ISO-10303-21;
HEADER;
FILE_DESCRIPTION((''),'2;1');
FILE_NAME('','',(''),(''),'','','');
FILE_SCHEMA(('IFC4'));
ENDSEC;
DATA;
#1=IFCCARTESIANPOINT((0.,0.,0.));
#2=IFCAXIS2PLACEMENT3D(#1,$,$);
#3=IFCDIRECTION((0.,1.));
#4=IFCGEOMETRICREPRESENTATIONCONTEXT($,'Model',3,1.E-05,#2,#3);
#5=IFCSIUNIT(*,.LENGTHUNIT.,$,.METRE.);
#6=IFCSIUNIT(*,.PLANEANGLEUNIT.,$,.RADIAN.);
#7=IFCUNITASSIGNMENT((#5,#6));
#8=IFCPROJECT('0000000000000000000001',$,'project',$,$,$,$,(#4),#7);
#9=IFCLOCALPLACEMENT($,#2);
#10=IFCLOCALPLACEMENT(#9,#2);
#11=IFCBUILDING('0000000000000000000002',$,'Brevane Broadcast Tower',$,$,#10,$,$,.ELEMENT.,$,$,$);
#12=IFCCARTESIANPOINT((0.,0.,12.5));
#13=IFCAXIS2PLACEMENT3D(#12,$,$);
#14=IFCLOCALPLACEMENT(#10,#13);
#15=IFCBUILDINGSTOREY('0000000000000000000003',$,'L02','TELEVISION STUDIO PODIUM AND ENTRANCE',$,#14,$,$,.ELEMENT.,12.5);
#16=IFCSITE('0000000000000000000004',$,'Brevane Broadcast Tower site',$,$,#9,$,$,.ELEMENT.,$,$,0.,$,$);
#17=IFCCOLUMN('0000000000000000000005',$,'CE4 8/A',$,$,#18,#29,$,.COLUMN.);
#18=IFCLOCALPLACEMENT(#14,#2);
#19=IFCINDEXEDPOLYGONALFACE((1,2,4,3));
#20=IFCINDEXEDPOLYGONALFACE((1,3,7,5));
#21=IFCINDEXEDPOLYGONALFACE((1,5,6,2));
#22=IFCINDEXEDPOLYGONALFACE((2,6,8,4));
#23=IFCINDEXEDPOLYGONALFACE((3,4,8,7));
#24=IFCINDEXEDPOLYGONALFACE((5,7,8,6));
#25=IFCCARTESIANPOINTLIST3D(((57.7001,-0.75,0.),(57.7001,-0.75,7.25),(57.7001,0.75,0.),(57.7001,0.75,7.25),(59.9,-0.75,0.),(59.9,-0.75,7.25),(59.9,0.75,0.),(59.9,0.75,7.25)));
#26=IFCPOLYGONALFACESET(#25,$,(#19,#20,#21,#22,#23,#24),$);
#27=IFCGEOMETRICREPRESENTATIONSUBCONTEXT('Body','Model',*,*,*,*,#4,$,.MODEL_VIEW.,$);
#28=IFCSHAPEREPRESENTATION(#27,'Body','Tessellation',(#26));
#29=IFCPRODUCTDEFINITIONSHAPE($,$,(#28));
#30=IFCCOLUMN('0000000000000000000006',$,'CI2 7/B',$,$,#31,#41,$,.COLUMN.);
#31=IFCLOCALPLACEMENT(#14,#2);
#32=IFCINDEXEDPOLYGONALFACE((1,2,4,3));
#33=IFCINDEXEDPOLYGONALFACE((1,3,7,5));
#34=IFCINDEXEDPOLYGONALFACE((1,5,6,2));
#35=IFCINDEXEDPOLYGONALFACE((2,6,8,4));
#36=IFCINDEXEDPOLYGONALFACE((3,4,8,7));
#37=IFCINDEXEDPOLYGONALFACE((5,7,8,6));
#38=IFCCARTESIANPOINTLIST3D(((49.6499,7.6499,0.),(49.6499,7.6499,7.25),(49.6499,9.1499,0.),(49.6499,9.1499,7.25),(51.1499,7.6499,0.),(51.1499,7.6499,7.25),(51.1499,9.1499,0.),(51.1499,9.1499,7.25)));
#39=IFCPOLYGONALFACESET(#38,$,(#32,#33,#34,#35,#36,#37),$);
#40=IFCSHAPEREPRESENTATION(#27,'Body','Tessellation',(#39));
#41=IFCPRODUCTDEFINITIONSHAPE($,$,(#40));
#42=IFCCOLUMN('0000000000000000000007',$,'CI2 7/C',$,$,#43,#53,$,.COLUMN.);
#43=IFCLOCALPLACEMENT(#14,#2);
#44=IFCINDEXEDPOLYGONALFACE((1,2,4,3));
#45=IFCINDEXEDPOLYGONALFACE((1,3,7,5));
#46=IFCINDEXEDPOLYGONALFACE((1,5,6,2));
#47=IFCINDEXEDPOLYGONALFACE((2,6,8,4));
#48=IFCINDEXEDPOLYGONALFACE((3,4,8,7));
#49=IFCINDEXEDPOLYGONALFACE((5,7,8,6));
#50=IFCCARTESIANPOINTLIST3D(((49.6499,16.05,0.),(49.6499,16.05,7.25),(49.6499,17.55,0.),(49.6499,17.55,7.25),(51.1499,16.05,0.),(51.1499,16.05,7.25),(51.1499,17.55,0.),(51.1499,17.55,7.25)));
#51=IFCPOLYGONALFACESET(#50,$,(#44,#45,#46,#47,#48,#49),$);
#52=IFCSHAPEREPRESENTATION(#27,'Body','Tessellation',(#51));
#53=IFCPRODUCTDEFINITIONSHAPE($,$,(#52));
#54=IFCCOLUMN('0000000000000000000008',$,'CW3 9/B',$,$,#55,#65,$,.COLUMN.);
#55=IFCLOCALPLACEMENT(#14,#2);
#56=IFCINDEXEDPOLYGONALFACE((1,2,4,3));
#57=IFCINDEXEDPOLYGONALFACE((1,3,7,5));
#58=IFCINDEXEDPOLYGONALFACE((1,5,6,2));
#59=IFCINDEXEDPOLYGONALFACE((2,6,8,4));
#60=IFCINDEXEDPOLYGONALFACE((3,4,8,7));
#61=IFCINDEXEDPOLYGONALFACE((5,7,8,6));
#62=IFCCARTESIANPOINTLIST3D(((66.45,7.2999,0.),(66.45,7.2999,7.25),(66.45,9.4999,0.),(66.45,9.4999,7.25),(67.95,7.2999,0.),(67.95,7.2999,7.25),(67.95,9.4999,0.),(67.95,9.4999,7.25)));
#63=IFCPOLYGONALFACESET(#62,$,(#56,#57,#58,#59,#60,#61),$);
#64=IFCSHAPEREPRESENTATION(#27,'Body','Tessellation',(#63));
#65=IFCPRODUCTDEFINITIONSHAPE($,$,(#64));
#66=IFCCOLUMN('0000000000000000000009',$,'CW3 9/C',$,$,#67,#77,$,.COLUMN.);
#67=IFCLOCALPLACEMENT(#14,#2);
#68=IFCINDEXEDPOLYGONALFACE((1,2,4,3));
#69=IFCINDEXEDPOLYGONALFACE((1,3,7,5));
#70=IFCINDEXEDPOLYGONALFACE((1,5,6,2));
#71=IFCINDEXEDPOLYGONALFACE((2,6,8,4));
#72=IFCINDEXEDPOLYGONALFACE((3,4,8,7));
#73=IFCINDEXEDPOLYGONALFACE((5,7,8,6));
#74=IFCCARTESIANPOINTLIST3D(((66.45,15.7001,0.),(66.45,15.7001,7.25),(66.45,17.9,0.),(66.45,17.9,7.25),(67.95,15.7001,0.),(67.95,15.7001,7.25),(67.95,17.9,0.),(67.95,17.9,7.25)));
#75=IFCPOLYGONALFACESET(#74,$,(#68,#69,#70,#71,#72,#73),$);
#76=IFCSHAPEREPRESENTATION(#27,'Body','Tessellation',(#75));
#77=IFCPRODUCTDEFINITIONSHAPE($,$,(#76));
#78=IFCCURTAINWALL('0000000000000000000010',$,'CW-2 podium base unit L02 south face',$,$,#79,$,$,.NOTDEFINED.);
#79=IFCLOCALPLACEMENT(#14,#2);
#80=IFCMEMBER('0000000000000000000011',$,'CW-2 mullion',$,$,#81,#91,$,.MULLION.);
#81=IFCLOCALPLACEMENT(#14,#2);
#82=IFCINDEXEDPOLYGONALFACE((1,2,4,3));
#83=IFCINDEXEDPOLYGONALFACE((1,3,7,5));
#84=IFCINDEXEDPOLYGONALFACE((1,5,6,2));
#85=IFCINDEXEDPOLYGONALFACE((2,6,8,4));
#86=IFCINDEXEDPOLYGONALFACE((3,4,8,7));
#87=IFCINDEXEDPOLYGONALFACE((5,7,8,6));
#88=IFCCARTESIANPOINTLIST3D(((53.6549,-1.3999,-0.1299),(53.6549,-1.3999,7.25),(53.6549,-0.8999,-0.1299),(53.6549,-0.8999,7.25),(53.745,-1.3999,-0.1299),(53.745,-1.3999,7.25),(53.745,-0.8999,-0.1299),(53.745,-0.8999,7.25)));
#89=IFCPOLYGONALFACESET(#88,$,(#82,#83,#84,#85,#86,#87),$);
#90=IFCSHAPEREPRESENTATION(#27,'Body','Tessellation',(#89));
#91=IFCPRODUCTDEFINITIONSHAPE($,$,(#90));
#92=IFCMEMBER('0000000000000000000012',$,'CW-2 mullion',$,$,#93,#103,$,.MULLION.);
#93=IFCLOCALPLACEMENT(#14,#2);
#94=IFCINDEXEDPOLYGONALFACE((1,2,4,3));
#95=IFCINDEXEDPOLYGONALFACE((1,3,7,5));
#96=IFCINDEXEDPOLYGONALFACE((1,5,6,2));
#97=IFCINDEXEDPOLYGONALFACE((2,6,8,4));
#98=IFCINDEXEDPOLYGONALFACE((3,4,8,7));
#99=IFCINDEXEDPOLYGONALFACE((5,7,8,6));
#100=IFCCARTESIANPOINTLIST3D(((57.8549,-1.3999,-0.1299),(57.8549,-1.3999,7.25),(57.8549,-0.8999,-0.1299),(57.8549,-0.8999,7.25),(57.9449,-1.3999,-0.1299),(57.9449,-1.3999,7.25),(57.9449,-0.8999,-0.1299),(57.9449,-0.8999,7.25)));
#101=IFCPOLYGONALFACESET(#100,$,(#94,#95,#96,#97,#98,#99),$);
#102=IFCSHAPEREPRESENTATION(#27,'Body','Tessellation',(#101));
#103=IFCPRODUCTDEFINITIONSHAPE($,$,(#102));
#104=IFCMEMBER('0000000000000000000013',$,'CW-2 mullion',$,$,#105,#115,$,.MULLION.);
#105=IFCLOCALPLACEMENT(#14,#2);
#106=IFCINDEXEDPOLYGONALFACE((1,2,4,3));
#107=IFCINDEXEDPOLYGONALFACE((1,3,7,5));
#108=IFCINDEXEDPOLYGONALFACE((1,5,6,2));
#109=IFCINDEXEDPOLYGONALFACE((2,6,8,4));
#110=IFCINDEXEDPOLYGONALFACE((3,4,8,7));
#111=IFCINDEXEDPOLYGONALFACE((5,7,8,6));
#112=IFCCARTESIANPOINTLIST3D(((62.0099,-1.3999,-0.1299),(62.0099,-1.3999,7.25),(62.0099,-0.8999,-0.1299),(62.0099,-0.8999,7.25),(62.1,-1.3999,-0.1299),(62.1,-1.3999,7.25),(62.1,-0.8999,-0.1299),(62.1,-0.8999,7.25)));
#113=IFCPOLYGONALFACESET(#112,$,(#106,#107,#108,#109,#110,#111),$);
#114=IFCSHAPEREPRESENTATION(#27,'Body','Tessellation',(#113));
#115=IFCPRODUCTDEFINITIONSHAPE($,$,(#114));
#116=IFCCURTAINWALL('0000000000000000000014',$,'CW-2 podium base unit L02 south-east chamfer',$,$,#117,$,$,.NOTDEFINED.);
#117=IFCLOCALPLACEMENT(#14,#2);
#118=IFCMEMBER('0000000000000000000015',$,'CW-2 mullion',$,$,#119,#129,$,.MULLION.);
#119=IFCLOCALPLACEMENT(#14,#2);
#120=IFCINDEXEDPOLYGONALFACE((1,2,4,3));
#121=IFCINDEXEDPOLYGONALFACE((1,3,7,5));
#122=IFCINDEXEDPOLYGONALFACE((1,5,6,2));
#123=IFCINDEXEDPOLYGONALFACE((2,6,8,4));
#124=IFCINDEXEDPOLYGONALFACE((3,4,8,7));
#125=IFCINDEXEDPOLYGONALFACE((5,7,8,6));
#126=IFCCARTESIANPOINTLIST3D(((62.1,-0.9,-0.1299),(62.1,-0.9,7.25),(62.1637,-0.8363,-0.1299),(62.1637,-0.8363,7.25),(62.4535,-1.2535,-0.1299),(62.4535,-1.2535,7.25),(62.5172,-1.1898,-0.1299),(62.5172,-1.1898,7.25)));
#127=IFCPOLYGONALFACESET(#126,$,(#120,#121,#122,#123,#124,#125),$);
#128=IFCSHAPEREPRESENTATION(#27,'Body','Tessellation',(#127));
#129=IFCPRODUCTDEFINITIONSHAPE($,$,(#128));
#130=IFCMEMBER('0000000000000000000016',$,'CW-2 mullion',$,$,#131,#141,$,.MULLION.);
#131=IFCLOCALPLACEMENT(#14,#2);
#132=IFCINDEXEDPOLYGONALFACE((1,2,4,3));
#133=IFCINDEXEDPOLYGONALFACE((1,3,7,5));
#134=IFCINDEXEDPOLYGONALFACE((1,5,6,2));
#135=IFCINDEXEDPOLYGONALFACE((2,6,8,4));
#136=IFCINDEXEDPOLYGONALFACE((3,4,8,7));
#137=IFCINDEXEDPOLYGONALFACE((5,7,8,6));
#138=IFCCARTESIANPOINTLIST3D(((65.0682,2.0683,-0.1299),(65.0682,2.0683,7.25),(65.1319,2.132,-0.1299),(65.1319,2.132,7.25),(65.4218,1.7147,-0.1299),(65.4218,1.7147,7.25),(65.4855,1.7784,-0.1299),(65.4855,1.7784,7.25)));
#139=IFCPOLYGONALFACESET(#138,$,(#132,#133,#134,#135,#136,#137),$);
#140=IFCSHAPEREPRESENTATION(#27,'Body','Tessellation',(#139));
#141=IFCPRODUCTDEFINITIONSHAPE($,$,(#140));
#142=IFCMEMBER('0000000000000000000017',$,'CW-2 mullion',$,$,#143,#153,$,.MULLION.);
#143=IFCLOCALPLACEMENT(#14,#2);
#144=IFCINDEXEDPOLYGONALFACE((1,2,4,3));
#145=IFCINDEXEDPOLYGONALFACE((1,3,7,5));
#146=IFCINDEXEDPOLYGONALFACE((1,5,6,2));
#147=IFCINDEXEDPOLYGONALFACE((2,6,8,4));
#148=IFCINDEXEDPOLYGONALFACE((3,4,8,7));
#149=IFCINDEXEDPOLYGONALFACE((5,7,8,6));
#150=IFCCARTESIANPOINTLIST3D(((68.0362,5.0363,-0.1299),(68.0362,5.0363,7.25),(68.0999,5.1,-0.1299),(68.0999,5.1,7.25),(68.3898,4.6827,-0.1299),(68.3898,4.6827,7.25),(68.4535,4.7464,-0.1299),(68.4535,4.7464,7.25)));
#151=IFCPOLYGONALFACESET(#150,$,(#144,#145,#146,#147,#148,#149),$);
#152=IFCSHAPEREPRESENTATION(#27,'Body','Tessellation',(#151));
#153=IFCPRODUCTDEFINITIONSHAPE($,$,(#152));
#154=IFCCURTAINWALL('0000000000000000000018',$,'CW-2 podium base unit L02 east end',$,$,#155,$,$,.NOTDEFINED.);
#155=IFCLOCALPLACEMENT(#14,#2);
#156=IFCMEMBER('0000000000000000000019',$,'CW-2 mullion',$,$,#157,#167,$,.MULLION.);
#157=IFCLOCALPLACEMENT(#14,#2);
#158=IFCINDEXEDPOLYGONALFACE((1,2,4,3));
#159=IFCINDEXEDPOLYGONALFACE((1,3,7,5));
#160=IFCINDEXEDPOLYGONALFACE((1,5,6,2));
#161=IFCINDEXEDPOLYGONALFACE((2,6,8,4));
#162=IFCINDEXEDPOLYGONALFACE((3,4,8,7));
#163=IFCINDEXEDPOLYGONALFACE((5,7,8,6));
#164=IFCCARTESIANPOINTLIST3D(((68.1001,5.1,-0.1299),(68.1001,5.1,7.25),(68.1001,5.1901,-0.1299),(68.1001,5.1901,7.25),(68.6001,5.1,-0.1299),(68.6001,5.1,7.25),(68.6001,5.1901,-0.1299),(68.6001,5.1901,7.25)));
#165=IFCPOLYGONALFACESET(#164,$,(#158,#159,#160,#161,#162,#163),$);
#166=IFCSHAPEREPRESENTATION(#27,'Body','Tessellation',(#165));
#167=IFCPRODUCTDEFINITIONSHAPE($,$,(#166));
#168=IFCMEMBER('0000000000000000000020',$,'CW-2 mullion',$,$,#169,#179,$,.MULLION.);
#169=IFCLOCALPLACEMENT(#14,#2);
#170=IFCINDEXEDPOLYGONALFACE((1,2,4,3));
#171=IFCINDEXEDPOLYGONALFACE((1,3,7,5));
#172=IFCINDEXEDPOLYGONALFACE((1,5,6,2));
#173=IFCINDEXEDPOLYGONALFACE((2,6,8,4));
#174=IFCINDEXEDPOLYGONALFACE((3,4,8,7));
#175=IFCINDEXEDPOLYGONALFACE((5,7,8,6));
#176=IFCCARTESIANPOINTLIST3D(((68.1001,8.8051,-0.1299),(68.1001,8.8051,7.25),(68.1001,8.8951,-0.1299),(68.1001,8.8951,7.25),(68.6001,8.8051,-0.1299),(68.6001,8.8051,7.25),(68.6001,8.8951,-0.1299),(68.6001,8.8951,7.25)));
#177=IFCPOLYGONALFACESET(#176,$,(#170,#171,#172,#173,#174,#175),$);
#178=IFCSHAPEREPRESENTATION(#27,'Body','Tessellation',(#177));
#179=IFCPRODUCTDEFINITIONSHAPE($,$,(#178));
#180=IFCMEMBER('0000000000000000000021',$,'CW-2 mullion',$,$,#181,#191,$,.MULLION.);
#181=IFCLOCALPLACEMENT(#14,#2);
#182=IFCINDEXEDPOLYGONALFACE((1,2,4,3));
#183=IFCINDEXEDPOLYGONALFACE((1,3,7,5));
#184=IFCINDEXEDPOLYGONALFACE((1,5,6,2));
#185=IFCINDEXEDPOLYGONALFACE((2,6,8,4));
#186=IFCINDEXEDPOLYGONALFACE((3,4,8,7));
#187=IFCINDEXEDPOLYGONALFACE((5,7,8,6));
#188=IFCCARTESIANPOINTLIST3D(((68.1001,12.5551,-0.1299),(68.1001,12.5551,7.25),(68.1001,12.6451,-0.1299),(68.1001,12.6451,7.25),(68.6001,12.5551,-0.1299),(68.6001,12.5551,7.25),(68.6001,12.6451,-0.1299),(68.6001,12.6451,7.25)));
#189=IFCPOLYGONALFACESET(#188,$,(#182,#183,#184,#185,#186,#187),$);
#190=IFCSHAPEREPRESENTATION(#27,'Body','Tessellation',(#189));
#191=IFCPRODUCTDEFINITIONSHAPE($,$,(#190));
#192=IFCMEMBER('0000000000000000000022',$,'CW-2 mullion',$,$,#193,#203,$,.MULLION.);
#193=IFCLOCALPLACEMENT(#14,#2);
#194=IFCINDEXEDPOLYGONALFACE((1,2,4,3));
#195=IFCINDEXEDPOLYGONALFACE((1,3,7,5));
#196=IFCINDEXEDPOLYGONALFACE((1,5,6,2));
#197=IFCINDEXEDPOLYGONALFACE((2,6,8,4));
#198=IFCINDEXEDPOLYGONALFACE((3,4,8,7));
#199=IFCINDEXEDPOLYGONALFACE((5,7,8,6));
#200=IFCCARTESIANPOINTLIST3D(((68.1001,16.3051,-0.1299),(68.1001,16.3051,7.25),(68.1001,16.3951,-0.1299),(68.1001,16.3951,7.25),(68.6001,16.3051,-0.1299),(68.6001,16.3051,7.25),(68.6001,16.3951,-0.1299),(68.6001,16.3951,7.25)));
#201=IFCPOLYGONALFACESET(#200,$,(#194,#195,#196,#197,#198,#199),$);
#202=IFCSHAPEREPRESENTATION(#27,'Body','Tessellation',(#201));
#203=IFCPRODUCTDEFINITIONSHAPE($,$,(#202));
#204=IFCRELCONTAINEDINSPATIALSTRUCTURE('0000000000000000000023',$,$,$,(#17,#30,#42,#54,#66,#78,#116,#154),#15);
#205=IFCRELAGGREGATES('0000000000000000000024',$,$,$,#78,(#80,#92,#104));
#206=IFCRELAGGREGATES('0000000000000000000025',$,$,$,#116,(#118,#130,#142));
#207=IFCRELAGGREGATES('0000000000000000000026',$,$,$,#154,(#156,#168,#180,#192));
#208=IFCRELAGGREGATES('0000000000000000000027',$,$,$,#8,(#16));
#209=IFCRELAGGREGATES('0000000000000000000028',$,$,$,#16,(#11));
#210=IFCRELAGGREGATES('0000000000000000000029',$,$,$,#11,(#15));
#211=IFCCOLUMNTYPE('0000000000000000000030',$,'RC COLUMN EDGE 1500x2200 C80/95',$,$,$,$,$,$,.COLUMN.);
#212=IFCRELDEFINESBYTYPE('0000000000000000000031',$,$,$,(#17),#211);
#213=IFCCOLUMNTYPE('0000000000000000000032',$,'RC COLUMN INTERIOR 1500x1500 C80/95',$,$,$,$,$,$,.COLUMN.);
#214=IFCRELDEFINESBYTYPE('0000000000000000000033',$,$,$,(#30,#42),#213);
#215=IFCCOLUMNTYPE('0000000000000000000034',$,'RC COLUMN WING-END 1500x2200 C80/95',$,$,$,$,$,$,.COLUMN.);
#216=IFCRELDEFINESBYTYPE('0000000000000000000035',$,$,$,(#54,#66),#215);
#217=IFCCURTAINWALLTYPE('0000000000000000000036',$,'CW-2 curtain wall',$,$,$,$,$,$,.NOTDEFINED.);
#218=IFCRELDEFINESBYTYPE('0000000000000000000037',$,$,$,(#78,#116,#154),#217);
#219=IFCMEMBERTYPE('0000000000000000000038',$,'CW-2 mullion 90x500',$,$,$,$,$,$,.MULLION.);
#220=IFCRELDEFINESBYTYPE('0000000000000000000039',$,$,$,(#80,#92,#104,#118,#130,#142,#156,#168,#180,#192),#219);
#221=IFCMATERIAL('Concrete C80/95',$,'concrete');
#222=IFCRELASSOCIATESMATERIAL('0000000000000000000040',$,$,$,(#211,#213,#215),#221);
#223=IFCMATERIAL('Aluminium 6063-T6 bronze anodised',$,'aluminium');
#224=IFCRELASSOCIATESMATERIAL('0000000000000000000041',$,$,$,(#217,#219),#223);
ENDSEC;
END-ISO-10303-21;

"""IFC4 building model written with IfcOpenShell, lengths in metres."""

from ifc_helpers import new_model, si_unit, direction, frame, origin, origin_2d, place, context, subcontext, project, spatial, rectangle, extrude, material, material_profile, profile_set, type_object, element, aggregate, save


model = new_model("IFC4")

# Units and contexts
model_context = context("Model", 3, precision=1e-05, world=origin(), true_north=direction((0.0, 1.0)))
body_context = subcontext(model_context, "Body", "Model", "MODEL_VIEW")
ifc_project = project(units=[si_unit("LENGTHUNIT", "METRE"), si_unit("PLANEANGLEUNIT", "RADIAN")], contexts=[model_context])

# Site, building, storey
site_placement = place(None, origin())
site = spatial("IfcSite", under=ifc_project, at=site_placement, Name="Brevane Broadcast Tower site", CompositionType="ELEMENT", RefElevation=0.0)
building_placement = place(site_placement, origin())
building = spatial("IfcBuilding", under=site, at=building_placement, Name="Brevane Broadcast Tower", CompositionType="ELEMENT")
storey_placement = place(building_placement, frame((0.0, 0.0, 12.5)))
storey = spatial("IfcBuildingStorey", under=building, at=storey_placement, Name="L02", Description="TELEVISION STUDIO PODIUM AND ENTRANCE", CompositionType="ELEMENT", Elevation=12.5)

# Columns
ifc_material_1 = material(Name="Concrete C80/95", Category="concrete")
ifc_material_profile_1 = material_profile(ifc_material_1, rectangle(XDim=1.5, YDim=2.2, at=origin_2d()), Name="RC 1500x2200")
ifc_profile_set_1 = profile_set([ifc_material_profile_1], Name="Concrete C80/95")
column_type_1 = type_object("IfcColumnType", Name="RC COLUMN EDGE 1500x2200 C80/95", PredefinedType="COLUMN", material=ifc_profile_set_1)
column_placement = place(storey_placement, frame((58.8, 0.0, 0.0), z_axis=(0.0, 0.0, 1.0), x_axis=(0.0, 1.0, 0.0)))
element("IfcColumn", 1, at=column_placement, inside=storey, type_object=column_type_1, Name="CE4 8/A", PredefinedType="COLUMN", context=body_context, shape_type="SweptSolid", body=[
    extrude(rectangle(XDim=1.5, YDim=2.2, at=origin_2d()), origin(), (0.0, 0.0, 1.0), 7.25),
])
ifc_material_profile_2 = material_profile(ifc_material_1, rectangle(XDim=1.5, YDim=1.5, at=origin_2d()), Name="RC 1500x1500")
ifc_profile_set_2 = profile_set([ifc_material_profile_2], Name="Concrete C80/95")
column_type_2 = type_object("IfcColumnType", Name="RC COLUMN INTERIOR 1500x1500 C80/95", PredefinedType="COLUMN", material=ifc_profile_set_2)
for number, where, z_axis, x_axis, name in (
    (2, (50.3999, 8.3999, 0.0), (0.0, 0.0, 1.0), (1.0, 0.0, 0.0), "CI2 7/B"),
    (3, (50.3999, 16.8, 0.0), (0.0, 0.0, 1.0), (1.0, 0.0, 0.0), "CI2 7/C"),
):
    element("IfcColumn", number, at=place(storey_placement, frame(where, z_axis=z_axis, x_axis=x_axis)), inside=storey, type_object=column_type_2, Name=name, PredefinedType="COLUMN", context=body_context, shape_type="SweptSolid", body=[
        extrude(rectangle(XDim=1.5, YDim=1.5, at=origin_2d()), origin(), (0.0, 0.0, 1.0), 7.25),
    ])
ifc_material_profile_3 = material_profile(ifc_material_1, rectangle(XDim=1.5, YDim=2.2, at=origin_2d()), Name="RC 1500x2200")
ifc_profile_set_3 = profile_set([ifc_material_profile_3], Name="Concrete C80/95")
column_type_3 = type_object("IfcColumnType", Name="RC COLUMN WING-END 1500x2200 C80/95", PredefinedType="COLUMN", material=ifc_profile_set_3)
for number, where, z_axis, x_axis, name in (
    (4, (67.2, 8.3999, 0.0), (0.0, 0.0, 1.0), (1.0, 0.0, 0.0), "CW3 9/B"),
    (5, (67.2, 16.8, 0.0), (0.0, 0.0, 1.0), (1.0, 0.0, 0.0), "CW3 9/C"),
):
    element("IfcColumn", number, at=place(storey_placement, frame(where, z_axis=z_axis, x_axis=x_axis)), inside=storey, type_object=column_type_3, Name=name, PredefinedType="COLUMN", context=body_context, shape_type="SweptSolid", body=[
        extrude(rectangle(XDim=1.5, YDim=2.2, at=origin_2d()), origin(), (0.0, 0.0, 1.0), 7.25),
    ])

# Curtain walls, members
ifc_material_2 = material(Name="Aluminium 6063-T6 bronze anodised", Category="aluminium")
curtain_wall_type = type_object("IfcCurtainWallType", Name="CW-2 curtain wall", PredefinedType="NOTDEFINED", material=ifc_material_2)
curtain_wall_1_placement = place(storey_placement, origin())
curtain_wall_1 = element("IfcCurtainWall", 6, at=curtain_wall_1_placement, inside=storey, type_object=curtain_wall_type, Name="CW-2 podium base unit L02 south face", PredefinedType="NOTDEFINED")
ifc_material_profile_4 = material_profile(ifc_material_2, rectangle(XDim=0.5, YDim=0.0901, at=origin_2d()), Name="RECT 90x500")
ifc_profile_set_4 = profile_set([ifc_material_profile_4], Name="Aluminium 6063-T6 bronze anodised")
member_type_1 = type_object("IfcMemberType", Name="CW-2 mullion 90x500", PredefinedType="MULLION", material=ifc_profile_set_4)
member_1_placement = place(storey_placement, frame((53.7, -1.1499, -0.1299), z_axis=(0.0, 0.0, 1.0), x_axis=(0.0, 1.0, 0.0)))
member_1 = element("IfcMember", 7, at=member_1_placement, type_object=member_type_1, Name="CW-2 mullion", PredefinedType="MULLION", context=body_context, shape_type="SweptSolid", body=[
    extrude(rectangle(XDim=0.5, YDim=0.0901, at=origin_2d()), origin(), (0.0, 0.0, 1.0), 7.3799),
])
member_2_placement = place(storey_placement, frame((57.8999, -1.1499, -0.1299), z_axis=(0.0, 0.0, 1.0), x_axis=(0.0, 1.0, 0.0)))
member_2 = element("IfcMember", 8, at=member_2_placement, type_object=member_type_1, Name="CW-2 mullion", PredefinedType="MULLION", context=body_context, shape_type="SweptSolid", body=[
    extrude(rectangle(XDim=0.5, YDim=0.0901, at=origin_2d()), origin(), (0.0, 0.0, 1.0), 7.3799),
])
member_3_placement = place(storey_placement, frame((62.0549, -1.1499, -0.1299), z_axis=(0.0, 0.0, 1.0), x_axis=(0.0, 1.0, 0.0)))
member_3 = element("IfcMember", 9, at=member_3_placement, type_object=member_type_1, Name="CW-2 mullion", PredefinedType="MULLION", context=body_context, shape_type="SweptSolid", body=[
    extrude(rectangle(XDim=0.5, YDim=0.0901, at=origin_2d()), origin(), (0.0, 0.0, 1.0), 7.3799),
])
aggregate(curtain_wall_1, [member_1, member_2, member_3])
curtain_wall_2_placement = place(storey_placement, origin())
curtain_wall_2 = element("IfcCurtainWall", 10, at=curtain_wall_2_placement, inside=storey, type_object=curtain_wall_type, Name="CW-2 podium base unit L02 south-east chamfer", PredefinedType="NOTDEFINED")
member_4_placement = place(storey_placement, frame((62.3086, -1.0449, -0.1299), z_axis=(0.0, 0.0, 1.0), x_axis=(-0.707107, 0.707107, 0.0)))
member_4 = element("IfcMember", 11, at=member_4_placement, type_object=member_type_1, Name="CW-2 mullion", PredefinedType="MULLION", context=body_context, shape_type="SweptSolid", body=[
    extrude(rectangle(XDim=0.5, YDim=0.0901, at=origin_2d()), origin(), (0.0, 0.0, 1.0), 7.3799),
])
member_5_placement = place(storey_placement, frame((65.2769, 1.9233, -0.1299), z_axis=(0.0, 0.0, 1.0), x_axis=(-0.707107, 0.707107, 0.0)))
member_5 = element("IfcMember", 12, at=member_5_placement, type_object=member_type_1, Name="CW-2 mullion", PredefinedType="MULLION", context=body_context, shape_type="SweptSolid", body=[
    extrude(rectangle(XDim=0.5, YDim=0.0901, at=origin_2d()), origin(), (0.0, 0.0, 1.0), 7.3799),
])
member_6_placement = place(storey_placement, frame((68.2449, 4.8914, -0.1299), z_axis=(0.0, 0.0, 1.0), x_axis=(-0.707107, 0.707107, 0.0)))
member_6 = element("IfcMember", 13, at=member_6_placement, type_object=member_type_1, Name="CW-2 mullion", PredefinedType="MULLION", context=body_context, shape_type="SweptSolid", body=[
    extrude(rectangle(XDim=0.5, YDim=0.0901, at=origin_2d()), origin(), (0.0, 0.0, 1.0), 7.3799),
])
curtain_wall_3_placement = place(storey_placement, origin())
curtain_wall_3 = element("IfcCurtainWall", 14, at=curtain_wall_3_placement, inside=storey, type_object=curtain_wall_type, Name="CW-2 podium base unit L02 east end", PredefinedType="NOTDEFINED")
member_7_placement = place(storey_placement, frame((68.3501, 5.145, -0.1299), z_axis=(0.0, 0.0, 1.0), x_axis=(-1.0, 0.0, 0.0)))
member_7 = element("IfcMember", 15, at=member_7_placement, type_object=member_type_1, Name="CW-2 mullion", PredefinedType="MULLION", context=body_context, shape_type="SweptSolid", body=[
    extrude(rectangle(XDim=0.5, YDim=0.0901, at=origin_2d()), origin(), (0.0, 0.0, 1.0), 7.3799),
])
member_8_placement = place(storey_placement, frame((68.3501, 8.8501, -0.1299), z_axis=(0.0, 0.0, 1.0), x_axis=(-1.0, 0.0, 0.0)))
member_8 = element("IfcMember", 16, at=member_8_placement, type_object=member_type_1, Name="CW-2 mullion", PredefinedType="MULLION", context=body_context, shape_type="SweptSolid", body=[
    extrude(rectangle(XDim=0.5, YDim=0.0901, at=origin_2d()), origin(), (0.0, 0.0, 1.0), 7.3799),
])
member_9_placement = place(storey_placement, frame((68.3501, 12.6001, -0.1299), z_axis=(0.0, 0.0, 1.0), x_axis=(-1.0, 0.0, 0.0)))
member_9 = element("IfcMember", 17, at=member_9_placement, type_object=member_type_1, Name="CW-2 mullion", PredefinedType="MULLION", context=body_context, shape_type="SweptSolid", body=[
    extrude(rectangle(XDim=0.5, YDim=0.0901, at=origin_2d()), origin(), (0.0, 0.0, 1.0), 7.3799),
])
member_10_placement = place(storey_placement, frame((68.3501, 16.3501, -0.1299), z_axis=(0.0, 0.0, 1.0), x_axis=(-1.0, 0.0, 0.0)))
member_10 = element("IfcMember", 18, at=member_10_placement, type_object=member_type_1, Name="CW-2 mullion", PredefinedType="MULLION", context=body_context, shape_type="SweptSolid", body=[
    extrude(rectangle(XDim=0.5, YDim=0.0901, at=origin_2d()), origin(), (0.0, 0.0, 1.0), 7.3799),
])

aggregate(curtain_wall_2, [member_4, member_5, member_6])
aggregate(curtain_wall_3, [member_7, member_8, member_9, member_10])

save(model, "model.ifc")
